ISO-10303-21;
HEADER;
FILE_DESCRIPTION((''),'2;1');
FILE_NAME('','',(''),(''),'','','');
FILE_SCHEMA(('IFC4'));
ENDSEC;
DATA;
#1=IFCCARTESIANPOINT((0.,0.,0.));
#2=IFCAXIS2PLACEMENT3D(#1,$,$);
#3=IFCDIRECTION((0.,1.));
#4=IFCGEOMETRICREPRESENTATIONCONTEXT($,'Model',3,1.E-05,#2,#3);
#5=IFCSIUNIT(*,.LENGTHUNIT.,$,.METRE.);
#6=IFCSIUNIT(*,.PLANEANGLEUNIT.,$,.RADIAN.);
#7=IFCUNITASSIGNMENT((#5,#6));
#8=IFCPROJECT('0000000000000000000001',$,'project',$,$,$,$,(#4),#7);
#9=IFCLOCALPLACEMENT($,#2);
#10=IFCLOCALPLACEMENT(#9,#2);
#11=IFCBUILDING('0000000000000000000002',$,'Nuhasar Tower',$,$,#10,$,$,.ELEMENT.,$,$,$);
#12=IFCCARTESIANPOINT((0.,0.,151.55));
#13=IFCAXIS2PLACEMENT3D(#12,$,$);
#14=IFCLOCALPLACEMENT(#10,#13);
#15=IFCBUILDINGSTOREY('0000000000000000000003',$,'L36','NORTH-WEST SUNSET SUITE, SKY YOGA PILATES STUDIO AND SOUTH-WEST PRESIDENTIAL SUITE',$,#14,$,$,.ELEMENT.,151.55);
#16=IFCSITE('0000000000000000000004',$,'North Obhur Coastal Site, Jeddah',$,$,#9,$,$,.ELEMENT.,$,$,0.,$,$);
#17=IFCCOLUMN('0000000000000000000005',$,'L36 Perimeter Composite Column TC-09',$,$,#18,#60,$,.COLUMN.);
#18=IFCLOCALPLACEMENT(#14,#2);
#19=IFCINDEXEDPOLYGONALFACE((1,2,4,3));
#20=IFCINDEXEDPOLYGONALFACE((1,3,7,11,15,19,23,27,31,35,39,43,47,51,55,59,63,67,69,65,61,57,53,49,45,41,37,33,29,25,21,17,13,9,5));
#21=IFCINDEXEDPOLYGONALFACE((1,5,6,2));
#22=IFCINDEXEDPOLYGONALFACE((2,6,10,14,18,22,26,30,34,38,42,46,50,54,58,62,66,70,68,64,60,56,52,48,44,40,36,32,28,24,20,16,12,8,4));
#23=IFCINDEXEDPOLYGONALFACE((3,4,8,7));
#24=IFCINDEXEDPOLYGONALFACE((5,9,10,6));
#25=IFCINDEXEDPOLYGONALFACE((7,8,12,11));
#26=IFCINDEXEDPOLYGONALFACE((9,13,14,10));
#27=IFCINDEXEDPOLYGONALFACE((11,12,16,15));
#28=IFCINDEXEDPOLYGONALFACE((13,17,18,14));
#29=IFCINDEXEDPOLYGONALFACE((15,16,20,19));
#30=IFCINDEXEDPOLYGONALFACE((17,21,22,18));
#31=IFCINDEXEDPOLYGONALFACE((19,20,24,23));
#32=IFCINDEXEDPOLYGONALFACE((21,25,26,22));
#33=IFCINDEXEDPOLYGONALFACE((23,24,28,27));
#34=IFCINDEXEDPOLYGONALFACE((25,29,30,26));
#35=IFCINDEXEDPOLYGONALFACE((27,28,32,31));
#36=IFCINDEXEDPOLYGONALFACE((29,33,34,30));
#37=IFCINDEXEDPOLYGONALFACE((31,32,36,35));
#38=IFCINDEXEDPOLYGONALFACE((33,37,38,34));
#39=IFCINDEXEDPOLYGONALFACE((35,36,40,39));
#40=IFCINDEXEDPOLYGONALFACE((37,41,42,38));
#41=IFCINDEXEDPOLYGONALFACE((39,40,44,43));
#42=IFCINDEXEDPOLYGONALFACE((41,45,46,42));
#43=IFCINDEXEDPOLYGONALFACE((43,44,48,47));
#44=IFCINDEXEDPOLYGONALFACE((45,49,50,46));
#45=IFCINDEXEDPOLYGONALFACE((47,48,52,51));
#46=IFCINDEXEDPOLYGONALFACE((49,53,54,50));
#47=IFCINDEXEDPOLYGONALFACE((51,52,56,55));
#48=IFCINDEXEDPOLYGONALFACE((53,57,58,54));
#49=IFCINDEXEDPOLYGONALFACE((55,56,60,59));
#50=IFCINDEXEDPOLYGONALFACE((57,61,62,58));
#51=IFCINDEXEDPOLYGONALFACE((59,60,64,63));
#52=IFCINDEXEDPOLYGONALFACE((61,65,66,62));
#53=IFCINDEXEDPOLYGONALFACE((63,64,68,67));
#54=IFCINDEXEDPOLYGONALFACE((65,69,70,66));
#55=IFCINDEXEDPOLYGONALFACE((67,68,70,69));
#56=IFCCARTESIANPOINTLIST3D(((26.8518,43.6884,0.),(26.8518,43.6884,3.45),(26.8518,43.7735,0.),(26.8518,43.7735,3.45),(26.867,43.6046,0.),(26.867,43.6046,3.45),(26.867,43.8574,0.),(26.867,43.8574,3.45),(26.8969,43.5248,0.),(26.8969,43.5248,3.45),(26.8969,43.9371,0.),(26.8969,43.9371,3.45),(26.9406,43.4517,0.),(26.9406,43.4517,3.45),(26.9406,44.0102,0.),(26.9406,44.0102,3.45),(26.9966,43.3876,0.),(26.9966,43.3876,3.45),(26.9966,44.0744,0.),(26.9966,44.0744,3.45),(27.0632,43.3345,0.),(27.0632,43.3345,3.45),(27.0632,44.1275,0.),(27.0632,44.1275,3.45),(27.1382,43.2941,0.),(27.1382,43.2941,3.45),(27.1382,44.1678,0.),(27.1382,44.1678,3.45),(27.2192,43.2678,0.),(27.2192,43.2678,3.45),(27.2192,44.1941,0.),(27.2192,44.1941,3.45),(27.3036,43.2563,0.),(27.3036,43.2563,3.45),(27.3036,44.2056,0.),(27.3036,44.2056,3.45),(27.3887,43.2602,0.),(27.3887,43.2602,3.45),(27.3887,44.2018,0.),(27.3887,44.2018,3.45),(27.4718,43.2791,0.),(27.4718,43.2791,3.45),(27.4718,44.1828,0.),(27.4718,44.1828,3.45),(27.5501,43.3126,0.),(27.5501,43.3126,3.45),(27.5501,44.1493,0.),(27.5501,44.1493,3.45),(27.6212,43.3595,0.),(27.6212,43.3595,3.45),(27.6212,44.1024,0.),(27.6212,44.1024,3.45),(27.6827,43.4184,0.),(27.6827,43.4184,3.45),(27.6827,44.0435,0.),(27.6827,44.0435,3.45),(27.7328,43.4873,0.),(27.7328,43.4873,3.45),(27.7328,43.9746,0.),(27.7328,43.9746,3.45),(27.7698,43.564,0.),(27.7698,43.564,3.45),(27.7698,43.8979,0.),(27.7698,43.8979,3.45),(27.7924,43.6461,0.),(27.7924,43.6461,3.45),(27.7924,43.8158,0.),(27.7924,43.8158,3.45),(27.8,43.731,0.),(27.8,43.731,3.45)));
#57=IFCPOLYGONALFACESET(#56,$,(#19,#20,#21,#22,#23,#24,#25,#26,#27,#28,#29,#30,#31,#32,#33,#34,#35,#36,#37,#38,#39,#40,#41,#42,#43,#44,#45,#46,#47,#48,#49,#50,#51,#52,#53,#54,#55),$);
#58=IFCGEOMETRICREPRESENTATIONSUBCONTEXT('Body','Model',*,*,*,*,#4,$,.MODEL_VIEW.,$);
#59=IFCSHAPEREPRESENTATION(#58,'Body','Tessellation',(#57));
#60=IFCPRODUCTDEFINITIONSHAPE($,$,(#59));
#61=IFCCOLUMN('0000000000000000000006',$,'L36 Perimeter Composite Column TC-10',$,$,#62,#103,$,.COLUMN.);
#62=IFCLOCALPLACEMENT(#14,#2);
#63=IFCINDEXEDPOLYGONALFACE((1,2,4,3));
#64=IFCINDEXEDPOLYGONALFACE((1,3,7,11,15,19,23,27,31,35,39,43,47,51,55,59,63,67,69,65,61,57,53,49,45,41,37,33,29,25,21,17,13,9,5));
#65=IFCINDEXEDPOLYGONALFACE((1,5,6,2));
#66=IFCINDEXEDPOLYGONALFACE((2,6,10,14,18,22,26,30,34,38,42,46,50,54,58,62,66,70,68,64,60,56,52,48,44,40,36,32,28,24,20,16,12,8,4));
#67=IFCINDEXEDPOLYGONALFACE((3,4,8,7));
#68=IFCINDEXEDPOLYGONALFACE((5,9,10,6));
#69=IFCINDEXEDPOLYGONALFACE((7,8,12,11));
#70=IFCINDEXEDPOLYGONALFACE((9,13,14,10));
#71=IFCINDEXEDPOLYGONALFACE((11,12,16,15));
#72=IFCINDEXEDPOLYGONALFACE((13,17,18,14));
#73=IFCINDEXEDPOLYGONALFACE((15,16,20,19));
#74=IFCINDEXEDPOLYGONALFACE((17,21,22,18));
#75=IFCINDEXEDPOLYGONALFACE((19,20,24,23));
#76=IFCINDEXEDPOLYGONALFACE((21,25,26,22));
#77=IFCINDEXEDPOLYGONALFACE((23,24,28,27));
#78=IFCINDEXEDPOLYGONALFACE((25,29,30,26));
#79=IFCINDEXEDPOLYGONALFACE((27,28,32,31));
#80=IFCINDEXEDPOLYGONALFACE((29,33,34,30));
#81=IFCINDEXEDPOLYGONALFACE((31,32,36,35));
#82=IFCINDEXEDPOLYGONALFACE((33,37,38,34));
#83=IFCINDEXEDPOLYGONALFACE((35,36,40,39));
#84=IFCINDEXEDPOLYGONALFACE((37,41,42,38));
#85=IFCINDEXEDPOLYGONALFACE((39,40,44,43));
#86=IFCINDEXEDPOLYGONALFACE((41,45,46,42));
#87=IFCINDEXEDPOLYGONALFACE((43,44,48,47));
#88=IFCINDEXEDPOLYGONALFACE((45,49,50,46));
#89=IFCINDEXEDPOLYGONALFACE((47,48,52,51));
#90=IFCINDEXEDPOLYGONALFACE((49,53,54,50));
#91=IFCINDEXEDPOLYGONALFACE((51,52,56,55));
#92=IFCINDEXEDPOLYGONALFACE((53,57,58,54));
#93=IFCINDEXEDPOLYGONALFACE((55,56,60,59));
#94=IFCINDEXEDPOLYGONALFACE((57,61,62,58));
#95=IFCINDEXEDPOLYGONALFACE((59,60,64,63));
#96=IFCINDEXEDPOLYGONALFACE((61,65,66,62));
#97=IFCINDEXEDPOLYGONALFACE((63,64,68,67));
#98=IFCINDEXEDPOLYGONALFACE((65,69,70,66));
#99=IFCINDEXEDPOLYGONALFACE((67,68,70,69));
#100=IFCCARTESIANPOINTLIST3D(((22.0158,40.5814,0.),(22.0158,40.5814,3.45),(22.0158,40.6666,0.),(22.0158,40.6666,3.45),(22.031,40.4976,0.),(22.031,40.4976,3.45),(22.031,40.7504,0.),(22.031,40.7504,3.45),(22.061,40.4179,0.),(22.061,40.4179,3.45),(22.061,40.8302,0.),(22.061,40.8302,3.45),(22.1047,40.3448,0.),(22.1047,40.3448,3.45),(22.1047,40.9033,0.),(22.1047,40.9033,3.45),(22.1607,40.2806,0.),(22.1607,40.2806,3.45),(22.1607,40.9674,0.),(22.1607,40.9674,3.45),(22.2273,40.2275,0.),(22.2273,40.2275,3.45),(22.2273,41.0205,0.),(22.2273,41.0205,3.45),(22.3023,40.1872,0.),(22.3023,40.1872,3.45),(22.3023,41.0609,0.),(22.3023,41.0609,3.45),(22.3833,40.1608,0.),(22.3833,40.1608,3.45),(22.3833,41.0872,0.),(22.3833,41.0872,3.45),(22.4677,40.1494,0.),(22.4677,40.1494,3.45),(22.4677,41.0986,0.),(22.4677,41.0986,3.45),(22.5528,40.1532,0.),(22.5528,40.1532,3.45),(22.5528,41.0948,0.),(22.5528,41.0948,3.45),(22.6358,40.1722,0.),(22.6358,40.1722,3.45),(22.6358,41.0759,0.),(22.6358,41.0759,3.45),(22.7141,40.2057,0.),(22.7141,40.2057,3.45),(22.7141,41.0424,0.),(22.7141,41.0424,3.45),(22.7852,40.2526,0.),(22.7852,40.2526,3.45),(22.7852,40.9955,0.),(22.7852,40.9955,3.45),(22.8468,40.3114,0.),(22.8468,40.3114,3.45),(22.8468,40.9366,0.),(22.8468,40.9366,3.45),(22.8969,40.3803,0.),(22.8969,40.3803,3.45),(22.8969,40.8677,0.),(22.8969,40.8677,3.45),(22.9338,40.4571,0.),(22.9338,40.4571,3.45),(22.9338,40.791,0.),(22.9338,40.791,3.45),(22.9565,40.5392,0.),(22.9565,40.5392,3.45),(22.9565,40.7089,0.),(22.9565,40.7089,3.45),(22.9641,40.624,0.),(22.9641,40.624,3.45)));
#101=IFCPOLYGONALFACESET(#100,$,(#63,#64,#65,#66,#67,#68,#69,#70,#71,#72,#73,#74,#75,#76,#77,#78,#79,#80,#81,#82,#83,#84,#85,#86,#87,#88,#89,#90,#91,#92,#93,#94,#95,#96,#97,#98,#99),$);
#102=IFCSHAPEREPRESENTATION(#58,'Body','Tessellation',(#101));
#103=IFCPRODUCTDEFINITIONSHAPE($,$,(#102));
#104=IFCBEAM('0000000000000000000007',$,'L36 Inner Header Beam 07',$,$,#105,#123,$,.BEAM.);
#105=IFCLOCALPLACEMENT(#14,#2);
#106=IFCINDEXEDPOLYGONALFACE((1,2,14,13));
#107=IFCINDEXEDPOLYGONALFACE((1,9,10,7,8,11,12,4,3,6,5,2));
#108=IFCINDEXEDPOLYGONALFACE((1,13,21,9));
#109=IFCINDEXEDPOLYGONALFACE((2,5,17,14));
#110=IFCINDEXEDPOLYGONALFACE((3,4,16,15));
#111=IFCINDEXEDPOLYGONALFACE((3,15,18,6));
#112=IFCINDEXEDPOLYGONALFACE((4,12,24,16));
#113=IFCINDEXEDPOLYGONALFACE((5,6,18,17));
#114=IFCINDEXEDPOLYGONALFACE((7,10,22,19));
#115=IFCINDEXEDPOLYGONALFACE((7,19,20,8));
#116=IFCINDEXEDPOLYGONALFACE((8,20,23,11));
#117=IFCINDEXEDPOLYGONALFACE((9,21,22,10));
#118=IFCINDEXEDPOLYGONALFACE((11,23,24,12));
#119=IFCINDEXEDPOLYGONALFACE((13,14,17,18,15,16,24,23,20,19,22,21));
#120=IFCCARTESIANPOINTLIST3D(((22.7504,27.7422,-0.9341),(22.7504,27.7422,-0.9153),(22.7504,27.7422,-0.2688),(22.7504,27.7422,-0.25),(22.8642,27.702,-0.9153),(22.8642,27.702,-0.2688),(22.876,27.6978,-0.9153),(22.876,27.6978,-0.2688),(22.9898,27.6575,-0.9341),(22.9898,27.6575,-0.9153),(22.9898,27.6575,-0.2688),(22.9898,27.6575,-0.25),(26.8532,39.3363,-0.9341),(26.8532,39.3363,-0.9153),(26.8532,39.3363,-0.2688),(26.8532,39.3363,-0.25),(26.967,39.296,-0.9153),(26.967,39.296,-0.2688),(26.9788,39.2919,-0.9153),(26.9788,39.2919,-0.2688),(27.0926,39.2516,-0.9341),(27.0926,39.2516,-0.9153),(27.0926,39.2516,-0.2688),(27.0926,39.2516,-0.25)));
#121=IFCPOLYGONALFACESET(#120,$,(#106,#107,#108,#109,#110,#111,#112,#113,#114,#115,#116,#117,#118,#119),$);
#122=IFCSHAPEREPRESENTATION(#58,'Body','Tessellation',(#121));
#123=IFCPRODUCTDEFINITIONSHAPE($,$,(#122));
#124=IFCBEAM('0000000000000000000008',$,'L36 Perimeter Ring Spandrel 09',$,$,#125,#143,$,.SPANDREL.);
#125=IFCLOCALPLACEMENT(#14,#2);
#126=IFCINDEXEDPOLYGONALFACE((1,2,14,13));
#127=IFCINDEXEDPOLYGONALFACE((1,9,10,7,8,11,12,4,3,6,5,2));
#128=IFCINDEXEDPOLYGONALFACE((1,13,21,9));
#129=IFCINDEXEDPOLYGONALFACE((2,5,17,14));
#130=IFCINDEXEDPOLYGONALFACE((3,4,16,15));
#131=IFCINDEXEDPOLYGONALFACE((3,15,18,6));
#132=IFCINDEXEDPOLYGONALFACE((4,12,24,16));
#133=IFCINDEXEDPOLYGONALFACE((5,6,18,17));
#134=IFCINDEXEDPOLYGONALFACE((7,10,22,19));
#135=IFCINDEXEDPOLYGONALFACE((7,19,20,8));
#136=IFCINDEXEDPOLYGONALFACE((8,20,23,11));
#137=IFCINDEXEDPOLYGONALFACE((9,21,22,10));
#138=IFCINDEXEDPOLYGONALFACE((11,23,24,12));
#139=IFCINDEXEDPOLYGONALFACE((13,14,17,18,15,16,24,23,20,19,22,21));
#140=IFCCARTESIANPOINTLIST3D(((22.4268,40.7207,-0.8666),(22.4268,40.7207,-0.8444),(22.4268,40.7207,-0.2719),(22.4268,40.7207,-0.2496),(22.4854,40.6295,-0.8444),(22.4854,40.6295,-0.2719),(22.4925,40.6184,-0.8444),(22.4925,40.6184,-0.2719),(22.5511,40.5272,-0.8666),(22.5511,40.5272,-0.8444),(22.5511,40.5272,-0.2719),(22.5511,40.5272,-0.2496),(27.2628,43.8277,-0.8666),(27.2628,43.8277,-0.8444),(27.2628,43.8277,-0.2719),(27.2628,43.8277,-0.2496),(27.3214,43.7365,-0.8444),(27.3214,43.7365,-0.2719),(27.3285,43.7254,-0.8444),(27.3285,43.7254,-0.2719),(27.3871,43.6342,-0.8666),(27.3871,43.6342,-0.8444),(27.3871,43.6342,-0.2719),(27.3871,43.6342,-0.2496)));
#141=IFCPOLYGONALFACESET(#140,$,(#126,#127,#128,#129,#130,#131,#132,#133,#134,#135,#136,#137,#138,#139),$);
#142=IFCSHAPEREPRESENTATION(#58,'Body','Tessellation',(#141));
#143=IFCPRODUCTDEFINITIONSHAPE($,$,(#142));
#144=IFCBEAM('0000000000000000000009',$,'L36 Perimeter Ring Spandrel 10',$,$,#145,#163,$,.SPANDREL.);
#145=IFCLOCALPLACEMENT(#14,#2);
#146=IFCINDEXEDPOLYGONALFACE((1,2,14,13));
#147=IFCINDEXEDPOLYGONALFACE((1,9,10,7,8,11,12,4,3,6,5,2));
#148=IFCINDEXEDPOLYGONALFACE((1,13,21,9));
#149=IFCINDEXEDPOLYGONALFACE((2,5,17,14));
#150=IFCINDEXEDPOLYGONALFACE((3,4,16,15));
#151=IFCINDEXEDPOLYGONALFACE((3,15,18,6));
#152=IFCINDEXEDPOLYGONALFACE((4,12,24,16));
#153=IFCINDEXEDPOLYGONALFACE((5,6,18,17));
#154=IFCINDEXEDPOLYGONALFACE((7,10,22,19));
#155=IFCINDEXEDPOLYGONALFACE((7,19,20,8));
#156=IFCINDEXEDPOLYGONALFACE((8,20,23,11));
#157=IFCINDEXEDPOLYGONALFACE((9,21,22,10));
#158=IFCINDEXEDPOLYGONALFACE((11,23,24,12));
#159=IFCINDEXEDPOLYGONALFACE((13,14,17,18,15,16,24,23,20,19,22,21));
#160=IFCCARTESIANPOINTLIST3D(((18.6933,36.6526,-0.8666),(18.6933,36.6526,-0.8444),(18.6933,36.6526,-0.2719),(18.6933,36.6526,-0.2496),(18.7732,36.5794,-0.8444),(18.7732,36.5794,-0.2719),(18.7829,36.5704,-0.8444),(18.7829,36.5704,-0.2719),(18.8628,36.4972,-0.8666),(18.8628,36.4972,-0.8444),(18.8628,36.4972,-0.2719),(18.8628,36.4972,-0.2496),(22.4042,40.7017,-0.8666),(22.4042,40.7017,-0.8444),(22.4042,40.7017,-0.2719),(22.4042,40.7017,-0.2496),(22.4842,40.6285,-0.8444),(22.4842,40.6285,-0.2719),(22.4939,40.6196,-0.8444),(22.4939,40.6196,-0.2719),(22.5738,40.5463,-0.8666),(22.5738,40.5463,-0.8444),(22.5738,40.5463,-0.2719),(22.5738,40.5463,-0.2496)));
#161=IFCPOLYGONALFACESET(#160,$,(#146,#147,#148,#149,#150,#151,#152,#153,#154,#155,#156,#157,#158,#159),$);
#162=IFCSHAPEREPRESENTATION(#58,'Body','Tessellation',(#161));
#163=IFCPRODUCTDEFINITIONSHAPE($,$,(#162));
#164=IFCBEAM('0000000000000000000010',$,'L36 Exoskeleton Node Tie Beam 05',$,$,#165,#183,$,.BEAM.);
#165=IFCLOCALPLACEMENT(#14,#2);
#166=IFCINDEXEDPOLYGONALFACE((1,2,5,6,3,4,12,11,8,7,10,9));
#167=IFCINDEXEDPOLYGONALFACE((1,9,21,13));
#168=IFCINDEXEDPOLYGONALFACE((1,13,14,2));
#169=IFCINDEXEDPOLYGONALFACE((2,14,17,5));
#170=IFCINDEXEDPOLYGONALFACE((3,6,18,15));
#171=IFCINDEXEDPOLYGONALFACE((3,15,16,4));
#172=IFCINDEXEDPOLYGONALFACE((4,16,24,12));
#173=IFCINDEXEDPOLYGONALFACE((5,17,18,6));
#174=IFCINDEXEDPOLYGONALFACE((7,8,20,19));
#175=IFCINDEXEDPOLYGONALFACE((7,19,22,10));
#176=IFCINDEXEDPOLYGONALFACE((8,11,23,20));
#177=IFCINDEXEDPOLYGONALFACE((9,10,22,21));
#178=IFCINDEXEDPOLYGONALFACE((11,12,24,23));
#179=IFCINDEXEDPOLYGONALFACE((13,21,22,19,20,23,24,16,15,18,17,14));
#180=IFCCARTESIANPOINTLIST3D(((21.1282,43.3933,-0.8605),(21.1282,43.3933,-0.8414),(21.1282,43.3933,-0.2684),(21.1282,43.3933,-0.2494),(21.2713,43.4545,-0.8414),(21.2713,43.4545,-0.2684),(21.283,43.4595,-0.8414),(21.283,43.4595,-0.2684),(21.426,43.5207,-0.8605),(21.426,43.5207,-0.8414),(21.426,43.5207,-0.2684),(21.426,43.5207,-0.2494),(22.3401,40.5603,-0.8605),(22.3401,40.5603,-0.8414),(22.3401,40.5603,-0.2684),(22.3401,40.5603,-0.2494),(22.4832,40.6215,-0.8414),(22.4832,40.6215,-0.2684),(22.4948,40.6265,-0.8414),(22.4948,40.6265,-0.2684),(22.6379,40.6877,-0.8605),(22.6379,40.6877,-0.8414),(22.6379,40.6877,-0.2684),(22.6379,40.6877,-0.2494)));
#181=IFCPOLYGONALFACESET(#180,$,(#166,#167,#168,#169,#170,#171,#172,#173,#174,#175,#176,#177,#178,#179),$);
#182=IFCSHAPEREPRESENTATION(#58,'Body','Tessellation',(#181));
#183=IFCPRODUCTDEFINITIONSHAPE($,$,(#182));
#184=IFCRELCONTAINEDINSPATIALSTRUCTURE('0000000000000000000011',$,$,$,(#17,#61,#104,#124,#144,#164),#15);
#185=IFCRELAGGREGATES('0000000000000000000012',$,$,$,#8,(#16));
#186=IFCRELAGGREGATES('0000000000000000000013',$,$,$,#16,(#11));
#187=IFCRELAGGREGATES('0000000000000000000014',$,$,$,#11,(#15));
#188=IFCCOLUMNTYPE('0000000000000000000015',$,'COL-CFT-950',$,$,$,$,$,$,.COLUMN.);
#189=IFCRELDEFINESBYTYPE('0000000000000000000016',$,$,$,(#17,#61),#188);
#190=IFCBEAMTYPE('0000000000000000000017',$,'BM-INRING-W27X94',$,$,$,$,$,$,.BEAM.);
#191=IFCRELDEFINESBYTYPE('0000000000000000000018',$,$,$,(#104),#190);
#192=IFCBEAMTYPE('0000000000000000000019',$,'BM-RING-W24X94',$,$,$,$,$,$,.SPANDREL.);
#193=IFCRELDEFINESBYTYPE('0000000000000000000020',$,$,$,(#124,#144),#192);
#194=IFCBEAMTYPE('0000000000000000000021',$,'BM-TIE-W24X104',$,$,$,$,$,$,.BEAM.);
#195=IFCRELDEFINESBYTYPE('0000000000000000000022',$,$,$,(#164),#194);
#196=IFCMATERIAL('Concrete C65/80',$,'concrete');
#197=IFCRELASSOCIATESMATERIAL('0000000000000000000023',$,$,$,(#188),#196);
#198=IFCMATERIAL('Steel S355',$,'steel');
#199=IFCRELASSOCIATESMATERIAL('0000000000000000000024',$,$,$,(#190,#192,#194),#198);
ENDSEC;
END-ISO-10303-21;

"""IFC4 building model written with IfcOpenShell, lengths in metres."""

from ifc_helpers import new_model, si_unit, direction, frame, origin, origin_2d, place, context, subcontext, project, spatial, circle, i_section, extrude, material, material_profile, profile_set, type_object, element, save


model = new_model("IFC4")

# Units and contexts
model_context = context("Model", 3, precision=1e-05, world=origin(), true_north=direction((0.0, 1.0)))
body_context = subcontext(model_context, "Body", "Model", "MODEL_VIEW")
ifc_project = project(units=[si_unit("LENGTHUNIT", "METRE"), si_unit("PLANEANGLEUNIT", "RADIAN")], contexts=[model_context])

# Site, building, storey
site_placement = place(None, origin())
site = spatial("IfcSite", under=ifc_project, at=site_placement, Name="North Obhur Coastal Site, Jeddah", CompositionType="ELEMENT", RefElevation=0.0)
building_placement = place(site_placement, origin())
building = spatial("IfcBuilding", under=site, at=building_placement, Name="Nuhasar Tower", CompositionType="ELEMENT")
storey_placement = place(building_placement, frame((0.0, 0.0, 151.55)))
storey = spatial("IfcBuildingStorey", under=building, at=storey_placement, Name="L36", Description="NORTH-WEST SUNSET SUITE, SKY YOGA PILATES STUDIO AND SOUTH-WEST PRESIDENTIAL SUITE", CompositionType="ELEMENT", Elevation=151.55)

# Columns
ifc_material_1 = material(Name="Concrete C65/80", Category="concrete")
ifc_material_profile_1 = material_profile(ifc_material_1, circle(Radius=0.4751, at=origin_2d()), Name="CFT950")
ifc_profile_set_1 = profile_set([ifc_material_profile_1], Name="Concrete C65/80")
column_type = type_object("IfcColumnType", Name="COL-CFT-950", PredefinedType="COLUMN", material=ifc_profile_set_1)
for number, where, z_axis, x_axis, name in (
    (1, (27.325, 43.731, 0.0), (0.0, 0.0, 1.0), (1.0, 0.0, 0.0), "L36 Perimeter Composite Column TC-09"),
    (2, (22.489, 40.624, 0.0), (0.0, 0.0, 1.0), (1.0, 0.0, 0.0), "L36 Perimeter Composite Column TC-10"),
):
    element("IfcColumn", number, at=place(storey_placement, frame(where, z_axis=z_axis, x_axis=x_axis)), inside=storey, type_object=column_type, Name=name, PredefinedType="COLUMN", context=body_context, shape_type="SweptSolid", body=[
        extrude(circle(Radius=0.4751, at=origin_2d()), origin(), (0.0, 0.0, 1.0), 3.45),
    ])

# Beams
ifc_material_2 = material(Name="Steel S355", Category="steel")
ifc_material_profile_2 = material_profile(ifc_material_2, i_section(OverallWidth=0.2539, OverallDepth=0.6841, WebThickness=0.0125, FlangeThickness=0.0188, at=origin_2d()), Name="W27X94")
ifc_profile_set_2 = profile_set([ifc_material_profile_2], Name="Steel S355")
beam_type_1 = type_object("IfcBeamType", Name="BM-INRING-W27X94", PredefinedType="BEAM", material=ifc_profile_set_2)
beam_1_placement = place(storey_placement, frame((26.9729, 39.2939, -0.592), z_axis=(-0.3336, -0.942715, 0.0), x_axis=(0.942715, -0.3336, 0.0)))
element("IfcBeam", 3, at=beam_1_placement, inside=storey, type_object=beam_type_1, Name="L36 Inner Header Beam 07", PredefinedType="BEAM", context=body_context, shape_type="SweptSolid", body=[
    extrude(i_section(OverallWidth=0.2539, OverallDepth=0.6841, WebThickness=0.0125, FlangeThickness=0.0188, at=origin_2d()), origin(), (0.0, 0.0, 1.0), 12.2986),
])
ifc_material_profile_3 = material_profile(ifc_material_2, i_section(OverallWidth=0.23, OverallDepth=0.6169, WebThickness=0.0132, FlangeThickness=0.0222, at=origin_2d()), Name="W24X94")
ifc_profile_set_3 = profile_set([ifc_material_profile_3], Name="Steel S355")
beam_type_2 = type_object("IfcBeamType", Name="BM-RING-W24X94", PredefinedType="SPANDREL", material=ifc_profile_set_3)
beam_2_placement = place(storey_placement, frame((27.325, 43.731, -0.5581), z_axis=(-0.841327, -0.540526, 0.0), x_axis=(0.540526, -0.841327, 0.0)))
element("IfcBeam", 4, at=beam_2_placement, inside=storey, type_object=beam_type_2, Name="L36 Perimeter Ring Spandrel 09", PredefinedType="SPANDREL", context=body_context, shape_type="SweptSolid", body=[
    extrude(i_section(OverallWidth=0.23, OverallDepth=0.6169, WebThickness=0.0132, FlangeThickness=0.0222, at=origin_2d()), origin(), (0.0, 0.0, 1.0), 5.748),
])
beam_3_placement = place(storey_placement, frame((22.489, 40.624, -0.5581), z_axis=(-0.675654, -0.737219, 0.0), x_axis=(0.737219, -0.675654, 0.0)))
element("IfcBeam", 5, at=beam_3_placement, inside=storey, type_object=beam_type_2, Name="L36 Perimeter Ring Spandrel 10", PredefinedType="SPANDREL", context=body_context, shape_type="SweptSolid", body=[
    extrude(i_section(OverallWidth=0.23, OverallDepth=0.6169, WebThickness=0.0132, FlangeThickness=0.0222, at=origin_2d()), origin(), (0.0, 0.0, 1.0), 5.4924),
])
ifc_material_profile_4 = material_profile(ifc_material_2, i_section(OverallWidth=0.324, OverallDepth=0.6111, WebThickness=0.0127, FlangeThickness=0.019, at=origin_2d()), Name="W24X104")
ifc_profile_set_4 = profile_set([ifc_material_profile_4], Name="Steel S355")
beam_type_3 = type_object("IfcBeamType", Name="BM-TIE-W24X104", PredefinedType="BEAM", material=ifc_profile_set_4)
beam_4_placement = place(storey_placement, frame((22.489, 40.624, -0.5549), z_axis=(-0.393307, 0.919407, 0.0), x_axis=(-0.919407, -0.393307, 0.0)))
element("IfcBeam", 6, at=beam_4_placement, inside=storey, type_object=beam_type_3, Name="L36 Exoskeleton Node Tie Beam 05", PredefinedType="BEAM", context=body_context, shape_type="SweptSolid", body=[
    extrude(i_section(OverallWidth=0.324, OverallDepth=0.6111, WebThickness=0.0127, FlangeThickness=0.019, at=origin_2d()), origin(), (0.0, 0.0, 1.0), 3.0813),
])

save(model, "model.ifc")
